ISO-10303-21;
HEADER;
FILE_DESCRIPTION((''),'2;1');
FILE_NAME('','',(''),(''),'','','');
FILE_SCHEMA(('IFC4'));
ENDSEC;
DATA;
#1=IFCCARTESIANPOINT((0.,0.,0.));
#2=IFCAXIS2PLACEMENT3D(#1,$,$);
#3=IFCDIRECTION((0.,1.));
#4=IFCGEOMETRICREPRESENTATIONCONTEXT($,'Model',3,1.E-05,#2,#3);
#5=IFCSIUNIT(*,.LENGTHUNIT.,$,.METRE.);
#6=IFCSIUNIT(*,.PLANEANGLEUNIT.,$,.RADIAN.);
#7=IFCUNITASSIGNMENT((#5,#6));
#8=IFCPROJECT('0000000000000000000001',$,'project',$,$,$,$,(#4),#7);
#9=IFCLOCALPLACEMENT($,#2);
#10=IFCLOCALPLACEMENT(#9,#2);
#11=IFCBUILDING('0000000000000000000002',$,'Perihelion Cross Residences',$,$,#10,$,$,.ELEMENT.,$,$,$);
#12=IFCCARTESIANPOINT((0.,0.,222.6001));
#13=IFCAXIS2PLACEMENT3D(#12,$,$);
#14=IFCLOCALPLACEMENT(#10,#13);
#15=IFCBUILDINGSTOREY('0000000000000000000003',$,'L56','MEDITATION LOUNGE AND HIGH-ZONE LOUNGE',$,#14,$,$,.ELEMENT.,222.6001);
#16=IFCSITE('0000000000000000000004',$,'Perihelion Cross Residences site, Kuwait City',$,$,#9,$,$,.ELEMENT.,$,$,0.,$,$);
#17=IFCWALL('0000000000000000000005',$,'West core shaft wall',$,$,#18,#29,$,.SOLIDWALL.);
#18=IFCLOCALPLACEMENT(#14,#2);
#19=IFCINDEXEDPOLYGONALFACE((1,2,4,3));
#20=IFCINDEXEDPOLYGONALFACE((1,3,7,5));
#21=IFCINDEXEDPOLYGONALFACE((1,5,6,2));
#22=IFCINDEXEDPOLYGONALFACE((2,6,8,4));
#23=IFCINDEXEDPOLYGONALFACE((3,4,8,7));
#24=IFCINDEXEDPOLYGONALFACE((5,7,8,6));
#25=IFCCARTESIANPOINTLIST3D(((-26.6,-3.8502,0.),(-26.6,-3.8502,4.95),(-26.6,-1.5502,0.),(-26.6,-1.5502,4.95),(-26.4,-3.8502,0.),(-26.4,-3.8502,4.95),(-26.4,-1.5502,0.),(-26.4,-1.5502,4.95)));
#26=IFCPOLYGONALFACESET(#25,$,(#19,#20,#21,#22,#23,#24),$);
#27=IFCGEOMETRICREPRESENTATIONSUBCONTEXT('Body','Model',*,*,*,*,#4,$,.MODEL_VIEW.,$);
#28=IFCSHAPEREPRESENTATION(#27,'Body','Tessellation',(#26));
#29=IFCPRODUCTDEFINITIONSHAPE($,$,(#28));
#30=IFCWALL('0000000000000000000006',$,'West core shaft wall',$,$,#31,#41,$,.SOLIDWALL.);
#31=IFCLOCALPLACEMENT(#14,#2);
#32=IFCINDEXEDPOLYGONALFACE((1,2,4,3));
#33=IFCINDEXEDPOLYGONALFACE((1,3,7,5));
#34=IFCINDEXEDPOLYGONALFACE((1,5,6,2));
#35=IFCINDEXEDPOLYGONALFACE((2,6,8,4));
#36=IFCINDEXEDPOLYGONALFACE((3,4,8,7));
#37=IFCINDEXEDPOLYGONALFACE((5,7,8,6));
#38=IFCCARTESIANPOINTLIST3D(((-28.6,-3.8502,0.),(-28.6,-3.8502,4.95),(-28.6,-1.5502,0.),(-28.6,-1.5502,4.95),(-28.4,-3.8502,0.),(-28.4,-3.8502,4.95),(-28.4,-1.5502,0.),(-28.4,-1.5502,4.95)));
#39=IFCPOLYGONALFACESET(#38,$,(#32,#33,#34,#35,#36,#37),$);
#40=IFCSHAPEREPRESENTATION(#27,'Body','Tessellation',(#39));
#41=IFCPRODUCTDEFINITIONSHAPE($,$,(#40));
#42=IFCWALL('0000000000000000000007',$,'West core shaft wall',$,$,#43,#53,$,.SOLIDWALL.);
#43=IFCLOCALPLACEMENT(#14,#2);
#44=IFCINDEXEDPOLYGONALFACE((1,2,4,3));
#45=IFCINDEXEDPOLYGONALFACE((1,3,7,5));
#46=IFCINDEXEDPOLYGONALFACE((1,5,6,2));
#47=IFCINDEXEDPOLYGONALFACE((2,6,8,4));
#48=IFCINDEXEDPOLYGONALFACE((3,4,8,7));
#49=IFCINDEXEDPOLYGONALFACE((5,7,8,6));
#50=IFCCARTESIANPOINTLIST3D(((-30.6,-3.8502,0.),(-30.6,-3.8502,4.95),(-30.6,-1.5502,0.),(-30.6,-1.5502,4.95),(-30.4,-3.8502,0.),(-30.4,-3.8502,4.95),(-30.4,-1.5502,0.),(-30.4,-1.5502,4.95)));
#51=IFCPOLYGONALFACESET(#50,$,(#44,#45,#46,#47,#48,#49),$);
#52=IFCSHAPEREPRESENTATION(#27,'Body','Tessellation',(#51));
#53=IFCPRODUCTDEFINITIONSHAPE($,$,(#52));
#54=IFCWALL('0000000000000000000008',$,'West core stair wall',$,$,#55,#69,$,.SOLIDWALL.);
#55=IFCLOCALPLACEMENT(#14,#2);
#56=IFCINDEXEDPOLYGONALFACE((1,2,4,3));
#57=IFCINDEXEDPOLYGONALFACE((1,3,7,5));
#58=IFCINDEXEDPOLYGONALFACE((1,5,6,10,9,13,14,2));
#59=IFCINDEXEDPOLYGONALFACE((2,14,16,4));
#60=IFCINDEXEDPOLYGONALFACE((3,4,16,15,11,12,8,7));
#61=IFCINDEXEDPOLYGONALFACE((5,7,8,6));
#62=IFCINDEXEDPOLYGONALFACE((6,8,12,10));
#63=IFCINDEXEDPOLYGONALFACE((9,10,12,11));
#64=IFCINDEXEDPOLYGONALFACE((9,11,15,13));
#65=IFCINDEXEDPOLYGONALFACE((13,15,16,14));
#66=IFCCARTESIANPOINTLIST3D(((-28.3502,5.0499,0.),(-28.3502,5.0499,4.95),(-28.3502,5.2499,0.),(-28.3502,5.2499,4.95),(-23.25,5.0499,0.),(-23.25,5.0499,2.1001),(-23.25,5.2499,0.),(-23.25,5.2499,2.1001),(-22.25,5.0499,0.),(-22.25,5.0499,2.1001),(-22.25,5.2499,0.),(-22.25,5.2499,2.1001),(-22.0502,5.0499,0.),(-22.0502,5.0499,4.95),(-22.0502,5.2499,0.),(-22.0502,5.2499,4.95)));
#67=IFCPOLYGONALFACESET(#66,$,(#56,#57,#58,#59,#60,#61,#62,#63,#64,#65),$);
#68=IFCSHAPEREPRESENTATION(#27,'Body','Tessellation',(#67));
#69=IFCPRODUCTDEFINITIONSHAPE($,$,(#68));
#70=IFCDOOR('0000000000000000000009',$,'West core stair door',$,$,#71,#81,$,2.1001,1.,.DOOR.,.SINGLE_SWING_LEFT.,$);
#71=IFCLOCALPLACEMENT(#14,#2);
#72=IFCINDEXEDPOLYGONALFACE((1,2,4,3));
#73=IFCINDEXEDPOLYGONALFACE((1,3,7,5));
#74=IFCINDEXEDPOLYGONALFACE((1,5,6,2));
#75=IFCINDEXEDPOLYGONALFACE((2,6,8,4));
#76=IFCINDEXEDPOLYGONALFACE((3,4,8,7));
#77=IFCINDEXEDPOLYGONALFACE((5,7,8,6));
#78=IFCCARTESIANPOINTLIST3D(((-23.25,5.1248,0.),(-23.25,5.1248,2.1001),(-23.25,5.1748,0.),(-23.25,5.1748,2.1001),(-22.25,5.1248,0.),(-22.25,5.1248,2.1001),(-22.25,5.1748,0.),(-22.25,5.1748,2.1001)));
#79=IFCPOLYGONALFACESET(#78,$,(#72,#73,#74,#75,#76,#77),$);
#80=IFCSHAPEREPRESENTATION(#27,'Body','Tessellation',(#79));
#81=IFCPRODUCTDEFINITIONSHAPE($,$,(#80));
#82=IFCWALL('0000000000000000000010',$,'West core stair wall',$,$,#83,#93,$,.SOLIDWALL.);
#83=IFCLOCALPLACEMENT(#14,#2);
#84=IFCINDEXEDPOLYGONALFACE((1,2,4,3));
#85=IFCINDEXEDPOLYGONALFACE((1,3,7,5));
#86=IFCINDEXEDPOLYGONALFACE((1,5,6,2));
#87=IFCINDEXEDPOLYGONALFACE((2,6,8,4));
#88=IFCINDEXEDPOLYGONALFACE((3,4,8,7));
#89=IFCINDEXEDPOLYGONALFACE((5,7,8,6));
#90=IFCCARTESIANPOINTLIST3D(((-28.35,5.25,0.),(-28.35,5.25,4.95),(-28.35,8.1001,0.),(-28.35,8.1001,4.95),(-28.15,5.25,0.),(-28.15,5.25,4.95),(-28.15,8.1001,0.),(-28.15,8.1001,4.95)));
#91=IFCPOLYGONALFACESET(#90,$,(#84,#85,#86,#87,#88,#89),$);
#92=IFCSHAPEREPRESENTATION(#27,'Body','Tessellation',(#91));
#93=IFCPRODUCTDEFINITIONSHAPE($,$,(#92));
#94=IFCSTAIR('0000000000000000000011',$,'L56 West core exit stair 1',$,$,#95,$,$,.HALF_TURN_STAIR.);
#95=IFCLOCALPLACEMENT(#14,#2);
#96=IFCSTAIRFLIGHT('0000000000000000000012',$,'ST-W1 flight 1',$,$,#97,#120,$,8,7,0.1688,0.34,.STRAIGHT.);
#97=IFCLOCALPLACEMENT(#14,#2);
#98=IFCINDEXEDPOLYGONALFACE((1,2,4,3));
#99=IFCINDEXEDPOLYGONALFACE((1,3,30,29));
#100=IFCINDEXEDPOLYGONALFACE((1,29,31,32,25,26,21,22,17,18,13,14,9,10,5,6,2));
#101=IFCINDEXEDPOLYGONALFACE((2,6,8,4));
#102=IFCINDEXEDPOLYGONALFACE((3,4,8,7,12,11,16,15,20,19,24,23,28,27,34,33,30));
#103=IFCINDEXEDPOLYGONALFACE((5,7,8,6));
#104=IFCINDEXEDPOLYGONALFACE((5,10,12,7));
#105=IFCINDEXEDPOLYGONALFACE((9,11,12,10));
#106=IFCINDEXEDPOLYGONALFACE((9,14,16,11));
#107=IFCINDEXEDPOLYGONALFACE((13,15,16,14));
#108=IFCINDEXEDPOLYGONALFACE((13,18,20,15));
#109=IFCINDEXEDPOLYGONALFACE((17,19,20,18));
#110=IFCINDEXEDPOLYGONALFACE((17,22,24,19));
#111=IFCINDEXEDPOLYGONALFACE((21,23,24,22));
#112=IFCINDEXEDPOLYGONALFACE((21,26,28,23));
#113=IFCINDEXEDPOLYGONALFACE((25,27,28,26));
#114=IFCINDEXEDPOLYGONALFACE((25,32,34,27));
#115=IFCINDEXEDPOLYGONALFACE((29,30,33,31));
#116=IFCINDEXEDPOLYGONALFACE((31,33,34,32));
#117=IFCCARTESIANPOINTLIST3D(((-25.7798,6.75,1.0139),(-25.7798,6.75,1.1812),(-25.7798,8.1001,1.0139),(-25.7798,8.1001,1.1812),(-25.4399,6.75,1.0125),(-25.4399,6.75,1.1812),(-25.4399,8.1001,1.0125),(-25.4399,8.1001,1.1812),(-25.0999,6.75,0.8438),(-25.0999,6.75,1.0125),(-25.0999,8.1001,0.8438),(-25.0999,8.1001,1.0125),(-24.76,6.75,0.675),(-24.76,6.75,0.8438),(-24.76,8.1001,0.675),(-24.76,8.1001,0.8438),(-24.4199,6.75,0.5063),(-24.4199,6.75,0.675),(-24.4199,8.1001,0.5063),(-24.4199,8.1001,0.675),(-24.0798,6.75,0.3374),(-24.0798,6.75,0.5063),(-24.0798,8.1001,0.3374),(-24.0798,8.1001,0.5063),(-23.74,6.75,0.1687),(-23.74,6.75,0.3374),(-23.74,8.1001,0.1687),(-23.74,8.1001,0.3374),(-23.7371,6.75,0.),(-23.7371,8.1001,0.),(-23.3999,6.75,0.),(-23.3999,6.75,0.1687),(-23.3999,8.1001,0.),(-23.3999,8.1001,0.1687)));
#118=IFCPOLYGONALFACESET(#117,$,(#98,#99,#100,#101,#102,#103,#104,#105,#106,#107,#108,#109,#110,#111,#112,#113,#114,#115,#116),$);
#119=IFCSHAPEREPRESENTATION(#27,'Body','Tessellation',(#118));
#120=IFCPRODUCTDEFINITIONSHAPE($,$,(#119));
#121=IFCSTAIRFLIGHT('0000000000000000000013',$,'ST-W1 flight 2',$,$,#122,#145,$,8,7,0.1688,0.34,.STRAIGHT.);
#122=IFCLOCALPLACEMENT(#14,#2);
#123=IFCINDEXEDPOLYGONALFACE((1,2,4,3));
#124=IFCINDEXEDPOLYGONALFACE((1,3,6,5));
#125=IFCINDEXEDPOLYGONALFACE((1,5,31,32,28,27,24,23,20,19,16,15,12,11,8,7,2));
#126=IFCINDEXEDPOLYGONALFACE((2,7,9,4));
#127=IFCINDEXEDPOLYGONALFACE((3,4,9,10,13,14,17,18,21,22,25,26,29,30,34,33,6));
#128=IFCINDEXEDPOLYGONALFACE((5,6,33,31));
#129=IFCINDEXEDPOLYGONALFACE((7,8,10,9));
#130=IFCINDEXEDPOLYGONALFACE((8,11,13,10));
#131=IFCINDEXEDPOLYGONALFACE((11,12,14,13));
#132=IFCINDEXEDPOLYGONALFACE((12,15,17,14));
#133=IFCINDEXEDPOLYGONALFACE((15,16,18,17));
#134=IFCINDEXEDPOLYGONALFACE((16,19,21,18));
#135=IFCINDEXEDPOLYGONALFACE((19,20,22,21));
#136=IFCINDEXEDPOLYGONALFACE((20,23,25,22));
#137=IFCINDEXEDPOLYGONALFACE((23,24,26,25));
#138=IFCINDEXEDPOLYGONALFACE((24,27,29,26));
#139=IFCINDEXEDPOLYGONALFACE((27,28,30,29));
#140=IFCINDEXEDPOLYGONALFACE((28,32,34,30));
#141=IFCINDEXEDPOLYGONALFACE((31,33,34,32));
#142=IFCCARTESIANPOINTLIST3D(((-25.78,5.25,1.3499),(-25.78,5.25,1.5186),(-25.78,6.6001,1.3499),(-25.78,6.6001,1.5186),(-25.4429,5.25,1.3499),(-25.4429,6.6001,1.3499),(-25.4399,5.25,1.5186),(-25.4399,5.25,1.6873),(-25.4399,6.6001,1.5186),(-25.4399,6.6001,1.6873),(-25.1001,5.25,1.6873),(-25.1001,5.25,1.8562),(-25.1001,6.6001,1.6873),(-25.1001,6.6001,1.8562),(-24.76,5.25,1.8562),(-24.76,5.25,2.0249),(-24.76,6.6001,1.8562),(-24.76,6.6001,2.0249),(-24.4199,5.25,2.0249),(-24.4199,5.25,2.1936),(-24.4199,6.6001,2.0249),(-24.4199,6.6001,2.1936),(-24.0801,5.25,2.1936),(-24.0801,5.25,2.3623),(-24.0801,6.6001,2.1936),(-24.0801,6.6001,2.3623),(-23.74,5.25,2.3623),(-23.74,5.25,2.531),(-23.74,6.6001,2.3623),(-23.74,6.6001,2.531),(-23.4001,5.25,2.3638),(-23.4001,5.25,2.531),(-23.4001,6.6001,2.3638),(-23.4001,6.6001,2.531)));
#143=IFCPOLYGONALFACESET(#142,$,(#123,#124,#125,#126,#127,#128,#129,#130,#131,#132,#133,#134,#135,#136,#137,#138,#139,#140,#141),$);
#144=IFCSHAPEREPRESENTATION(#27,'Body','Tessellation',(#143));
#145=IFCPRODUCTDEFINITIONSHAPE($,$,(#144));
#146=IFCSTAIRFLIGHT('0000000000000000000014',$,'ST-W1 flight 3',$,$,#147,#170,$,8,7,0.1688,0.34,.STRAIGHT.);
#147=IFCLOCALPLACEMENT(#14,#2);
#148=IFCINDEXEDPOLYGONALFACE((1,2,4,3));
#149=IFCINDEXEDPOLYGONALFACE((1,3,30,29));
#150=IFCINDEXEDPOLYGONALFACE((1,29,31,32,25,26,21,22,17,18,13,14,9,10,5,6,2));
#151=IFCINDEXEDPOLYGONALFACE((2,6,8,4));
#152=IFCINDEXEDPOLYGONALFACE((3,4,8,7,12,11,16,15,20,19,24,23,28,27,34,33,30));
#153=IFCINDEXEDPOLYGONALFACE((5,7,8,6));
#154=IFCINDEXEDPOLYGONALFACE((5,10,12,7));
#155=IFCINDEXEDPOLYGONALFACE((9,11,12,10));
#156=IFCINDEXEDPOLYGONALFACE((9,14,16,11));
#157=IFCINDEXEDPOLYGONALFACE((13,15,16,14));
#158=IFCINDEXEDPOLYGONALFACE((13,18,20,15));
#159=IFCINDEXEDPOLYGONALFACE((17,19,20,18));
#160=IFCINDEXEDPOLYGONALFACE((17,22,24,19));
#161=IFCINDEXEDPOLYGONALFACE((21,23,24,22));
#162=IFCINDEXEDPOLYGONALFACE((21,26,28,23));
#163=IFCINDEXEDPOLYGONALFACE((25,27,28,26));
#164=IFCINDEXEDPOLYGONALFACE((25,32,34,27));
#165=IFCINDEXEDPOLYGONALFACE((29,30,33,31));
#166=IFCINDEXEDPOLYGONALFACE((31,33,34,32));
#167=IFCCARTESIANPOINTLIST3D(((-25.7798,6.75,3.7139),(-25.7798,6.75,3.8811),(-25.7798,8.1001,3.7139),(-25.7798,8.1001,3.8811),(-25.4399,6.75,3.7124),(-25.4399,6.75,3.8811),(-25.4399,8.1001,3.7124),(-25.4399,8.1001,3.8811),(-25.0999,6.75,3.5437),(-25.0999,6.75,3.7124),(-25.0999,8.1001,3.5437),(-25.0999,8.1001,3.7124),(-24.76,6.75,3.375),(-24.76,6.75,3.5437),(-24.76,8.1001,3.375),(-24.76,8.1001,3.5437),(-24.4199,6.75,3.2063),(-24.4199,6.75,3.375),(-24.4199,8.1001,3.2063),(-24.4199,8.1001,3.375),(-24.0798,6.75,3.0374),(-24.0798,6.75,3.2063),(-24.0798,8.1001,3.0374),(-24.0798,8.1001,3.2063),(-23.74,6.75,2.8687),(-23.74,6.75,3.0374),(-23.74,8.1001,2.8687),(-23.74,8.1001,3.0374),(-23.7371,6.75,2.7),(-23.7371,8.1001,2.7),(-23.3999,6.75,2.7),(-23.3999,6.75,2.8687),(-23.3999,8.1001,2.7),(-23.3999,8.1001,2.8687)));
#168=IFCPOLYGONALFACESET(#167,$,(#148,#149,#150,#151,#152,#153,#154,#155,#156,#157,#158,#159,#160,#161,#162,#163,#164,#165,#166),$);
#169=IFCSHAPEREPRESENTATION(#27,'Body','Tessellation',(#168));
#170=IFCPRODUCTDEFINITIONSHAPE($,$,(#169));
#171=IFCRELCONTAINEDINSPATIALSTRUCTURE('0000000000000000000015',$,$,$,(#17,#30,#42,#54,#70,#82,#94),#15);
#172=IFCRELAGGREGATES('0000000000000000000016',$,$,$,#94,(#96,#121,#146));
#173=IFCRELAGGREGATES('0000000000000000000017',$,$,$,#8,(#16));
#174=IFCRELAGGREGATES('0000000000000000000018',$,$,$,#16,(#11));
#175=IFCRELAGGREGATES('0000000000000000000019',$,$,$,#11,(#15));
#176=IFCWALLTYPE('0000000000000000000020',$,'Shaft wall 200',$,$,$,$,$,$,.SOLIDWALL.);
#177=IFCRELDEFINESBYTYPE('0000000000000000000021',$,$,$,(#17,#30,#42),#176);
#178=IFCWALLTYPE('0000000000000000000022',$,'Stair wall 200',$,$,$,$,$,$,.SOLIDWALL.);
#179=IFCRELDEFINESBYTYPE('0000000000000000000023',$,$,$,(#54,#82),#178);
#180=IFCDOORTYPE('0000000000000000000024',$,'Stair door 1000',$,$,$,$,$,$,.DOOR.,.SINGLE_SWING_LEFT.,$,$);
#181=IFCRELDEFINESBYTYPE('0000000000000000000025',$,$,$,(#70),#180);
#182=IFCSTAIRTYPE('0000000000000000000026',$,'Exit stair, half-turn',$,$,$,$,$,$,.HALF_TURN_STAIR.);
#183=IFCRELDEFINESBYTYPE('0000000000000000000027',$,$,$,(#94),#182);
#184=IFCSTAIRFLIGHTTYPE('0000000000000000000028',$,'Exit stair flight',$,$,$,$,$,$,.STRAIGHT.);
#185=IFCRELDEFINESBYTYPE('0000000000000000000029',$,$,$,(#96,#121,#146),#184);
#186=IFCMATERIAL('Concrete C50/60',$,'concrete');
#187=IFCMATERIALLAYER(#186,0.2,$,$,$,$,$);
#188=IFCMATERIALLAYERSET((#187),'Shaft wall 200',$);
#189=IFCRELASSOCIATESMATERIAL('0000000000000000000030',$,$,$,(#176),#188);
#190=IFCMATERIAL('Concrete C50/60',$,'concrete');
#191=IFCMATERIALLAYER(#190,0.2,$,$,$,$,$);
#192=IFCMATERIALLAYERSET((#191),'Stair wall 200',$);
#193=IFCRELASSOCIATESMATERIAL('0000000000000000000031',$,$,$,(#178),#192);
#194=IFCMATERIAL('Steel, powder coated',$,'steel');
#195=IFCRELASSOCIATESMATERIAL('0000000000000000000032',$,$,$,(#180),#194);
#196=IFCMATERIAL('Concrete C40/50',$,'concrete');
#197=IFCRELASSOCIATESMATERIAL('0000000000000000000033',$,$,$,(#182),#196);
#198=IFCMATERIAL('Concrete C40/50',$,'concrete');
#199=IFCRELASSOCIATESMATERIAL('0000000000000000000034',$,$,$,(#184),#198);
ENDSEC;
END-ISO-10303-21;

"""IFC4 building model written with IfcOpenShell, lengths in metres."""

from ifc_helpers import new_model, si_unit, direction, frame, frame_2d, origin, place, context, subcontext, project, spatial, polyline, rectangle, outline, extrude, material, layer, layer_set, type_object, element, fill, aggregate, save


model = new_model("IFC4")

# Units and contexts
model_context = context("Model", 3, precision=1e-05, world=origin(), true_north=direction((0.0, 1.0)))
body_context = subcontext(model_context, "Body", "Model", "MODEL_VIEW")
ifc_project = project(units=[si_unit("LENGTHUNIT", "METRE"), si_unit("PLANEANGLEUNIT", "RADIAN")], contexts=[model_context])

# Site, building, storey
site_placement = place(None, origin())
site = spatial("IfcSite", under=ifc_project, at=site_placement, Name="Perihelion Cross Residences site, Kuwait City", CompositionType="ELEMENT", RefElevation=0.0)
building_placement = place(site_placement, origin())
building = spatial("IfcBuilding", under=site, at=building_placement, Name="Perihelion Cross Residences", CompositionType="ELEMENT")
storey_placement = place(building_placement, frame((0.0, 0.0, 222.6001)))
storey = spatial("IfcBuildingStorey", under=building, at=storey_placement, Name="L56", Description="MEDITATION LOUNGE AND HIGH-ZONE LOUNGE", CompositionType="ELEMENT", Elevation=222.6001)

# Shared definitions
ifc_material_1 = material(Name="Concrete C50/60", Category="concrete")
ifc_layer_1 = layer(ifc_material_1, 0.2)
ifc_layer_set_1 = layer_set([ifc_layer_1], Name="Shaft wall 200")
wall_type_1 = type_object("IfcWallType", Name="Shaft wall 200", PredefinedType="SOLIDWALL", material=ifc_layer_set_1)

# Walls
for number, where, z_axis, x_axis, name in (
    (1, (-26.5, -3.8501, 0.0), (0.0, 0.0, 1.0), (0.0, 1.0, 0.0), "West core shaft wall"),
    (2, (-28.5, -3.8501, 0.0), (0.0, 0.0, 1.0), (0.0, 1.0, 0.0), "West core shaft wall"),
    (3, (-30.5, -3.8501, 0.0), (0.0, 0.0, 1.0), (0.0, 1.0, 0.0), "West core shaft wall"),
):
    element("IfcWall", number, at=place(storey_placement, frame(where, z_axis=z_axis, x_axis=x_axis)), inside=storey, type_object=wall_type_1, Name=name, PredefinedType="SOLIDWALL", context=body_context, shape_type="SweptSolid", body=[
        extrude(rectangle(XDim=2.3, YDim=0.2, at=frame_2d((1.1499, 0.0))), origin(), (0.0, 0.0, 1.0), 4.95),
    ])

# Wall, opening, door
ifc_material_2 = material(Name="Concrete C50/60", Category="concrete")
ifc_layer_2 = layer(ifc_material_2, 0.2)
ifc_layer_set_2 = layer_set([ifc_layer_2], Name="Stair wall 200")
wall_type_2 = type_object("IfcWallType", Name="Stair wall 200", PredefinedType="SOLIDWALL", material=ifc_layer_set_2)
wall_1_placement = place(storey_placement, frame((-28.3501, 5.1499, 0.0), z_axis=(0.0, 0.0, 1.0), x_axis=(1.0, 0.0, 0.0)))
wall_1 = element("IfcWall", 4, at=wall_1_placement, inside=storey, type_object=wall_type_2, Name="West core stair wall", PredefinedType="SOLIDWALL", context=body_context, shape_type="SweptSolid", body=[
    extrude(rectangle(XDim=6.3, YDim=0.2, at=frame_2d((3.1499, 0.0))), origin(), (0.0, 0.0, 1.0), 4.95),
])
opening_1_placement = place(wall_1_placement, frame((5.1001, 0.0, 0.0)))
opening_1 = element("IfcOpeningElement", 5, at=opening_1_placement, cuts=wall_1, PredefinedType="OPENING", context=body_context, shape_type="SweptSolid", body=[
    extrude(rectangle(XDim=1.0, YDim=2.1001, at=frame_2d((0.5, 1.05))), frame((0.0, 0.1099, 0.0), z_axis=(0.0, -1.0, 0.0), x_axis=(1.0, 0.0, 0.0)), (0.0, 0.0, 1.0), 0.22),
])
ifc_material_3 = material(Name="Steel, powder coated", Category="steel")
door_type_1 = type_object("IfcDoorType", Name="Stair door 1000", OperationType="SINGLE_SWING_LEFT", PredefinedType="DOOR", material=ifc_material_3)
door_1_placement = place(opening_1_placement, origin())
door_1 = element("IfcDoor", 6, at=door_1_placement, inside=storey, type_object=door_type_1, Name="West core stair door", OperationType="SINGLE_SWING_LEFT", OverallHeight=2.1001, OverallWidth=1.0, PredefinedType="DOOR", context=body_context, shape_type="SweptSolid", body=[
    extrude(rectangle(XDim=1.0, YDim=2.1001, at=frame_2d((0.5, 1.05))), frame((0.0, 0.0249, 0.0), z_axis=(0.0, -1.0, 0.0), x_axis=(1.0, 0.0, 0.0)), (0.0, 0.0, 1.0), 0.05),
])
fill(opening_1, door_1)

# Wall
wall_2_placement = place(storey_placement, frame((-28.25, 5.25, 0.0), z_axis=(0.0, 0.0, 1.0), x_axis=(0.0, 1.0, 0.0)))
element("IfcWall", 7, at=wall_2_placement, inside=storey, type_object=wall_type_2, Name="West core stair wall", PredefinedType="SOLIDWALL", context=body_context, shape_type="SweptSolid", body=[
    extrude(rectangle(XDim=2.8501, YDim=0.2, at=frame_2d((1.425, 0.0))), origin(), (0.0, 0.0, 1.0), 4.95),
])

# Stair, stair flights
ifc_material_4 = material(Name="Concrete C40/50", Category="concrete")
stair_type = type_object("IfcStairType", Name="Exit stair, half-turn", PredefinedType="HALF_TURN_STAIR", material=ifc_material_4)
stair_placement = place(storey_placement, origin())
stair = element("IfcStair", 8, at=stair_placement, inside=storey, type_object=stair_type, Name="L56 West core exit stair 1", PredefinedType="HALF_TURN_STAIR")
ifc_material_5 = material(Name="Concrete C40/50", Category="concrete")
stair_flight_type = type_object("IfcStairFlightType", Name="Exit stair flight", PredefinedType="STRAIGHT", material=ifc_material_5)
stair_flight_1_placement = place(storey_placement, frame((-23.3999, 7.425, 0.0), z_axis=(0.0, 0.0, 1.0), x_axis=(-1.0, 0.0, 0.0)))
stair_flight_1 = element("IfcStairFlight", 9, at=stair_flight_1_placement, type_object=stair_flight_type, Name="ST-W1 flight 1", NumberOfRisers=8, NumberOfTreads=7, PredefinedType="STRAIGHT", RiserHeight=0.1688, TreadLength=0.34, context=body_context, shape_type="SweptSolid", body=[
    extrude(outline(polyline([(0.0, 0.0), (0.0, 0.1687), (0.3401, 0.1687), (0.3401, 0.3374), (0.6799, 0.3374), (0.6799, 0.5063), (1.02, 0.5063), (1.02, 0.675), (1.3601, 0.675), (1.3601, 0.8438), (1.7, 0.8438), (1.7, 1.0125), (2.04, 1.0125), (2.04, 1.1812), (2.3799, 1.1812), (2.3799, 1.3501), (2.3799, 1.0139), (0.3372, 0.0), (0.0, 0.0)])), frame((0.0, 0.675, 0.0), z_axis=(0.0, -1.0, 0.0), x_axis=(1.0, 0.0, 0.0)), (0.0, 0.0, 1.0), 1.3501),
])
stair_flight_2_placement = place(storey_placement, frame((-25.78, 5.925, 1.3499), z_axis=(0.0, 0.0, 1.0), x_axis=(1.0, 0.0, 0.0)))
stair_flight_2 = element("IfcStairFlight", 10, at=stair_flight_2_placement, type_object=stair_flight_type, Name="ST-W1 flight 2", NumberOfRisers=8, NumberOfTreads=7, PredefinedType="STRAIGHT", RiserHeight=0.1688, TreadLength=0.34, context=body_context, shape_type="SweptSolid", body=[
    extrude(outline(polyline([(0.0, 0.0), (0.0, 0.1687), (0.3401, 0.1687), (0.3401, 0.3374), (0.6799, 0.3374), (0.6799, 0.5063), (1.02, 0.5063), (1.02, 0.675), (1.3601, 0.675), (1.3601, 0.8438), (1.7, 0.8438), (1.7, 1.0125), (2.04, 1.0125), (2.04, 1.1812), (2.3799, 1.1812), (2.3799, 1.3501), (2.3799, 1.0139), (0.3372, 0.0), (0.0, 0.0)])), frame((0.0, 0.675, 0.0), z_axis=(0.0, -1.0, 0.0), x_axis=(1.0, 0.0, 0.0)), (0.0, 0.0, 1.0), 1.3501),
])
stair_flight_3_placement = place(storey_placement, frame((-23.3999, 7.425, 2.7), z_axis=(0.0, 0.0, 1.0), x_axis=(-1.0, 0.0, 0.0)))
stair_flight_3 = element("IfcStairFlight", 11, at=stair_flight_3_placement, type_object=stair_flight_type, Name="ST-W1 flight 3", NumberOfRisers=8, NumberOfTreads=7, PredefinedType="STRAIGHT", RiserHeight=0.1688, TreadLength=0.34, context=body_context, shape_type="SweptSolid", body=[
    extrude(outline(polyline([(0.0, 0.0), (0.0, 0.1687), (0.3401, 0.1687), (0.3401, 0.3374), (0.6799, 0.3374), (0.6799, 0.5063), (1.02, 0.5063), (1.02, 0.675), (1.3601, 0.675), (1.3601, 0.8438), (1.7, 0.8438), (1.7, 1.0125), (2.04, 1.0125), (2.04, 1.1812), (2.3799, 1.1812), (2.3799, 1.3501), (2.3799, 1.0139), (0.3372, 0.0), (0.0, 0.0)])), frame((0.0, 0.675, 0.0), z_axis=(0.0, -1.0, 0.0), x_axis=(1.0, 0.0, 0.0)), (0.0, 0.0, 1.0), 1.3501),
])
aggregate(stair, [stair_flight_1, stair_flight_2, stair_flight_3])

save(model, "model.ifc")
